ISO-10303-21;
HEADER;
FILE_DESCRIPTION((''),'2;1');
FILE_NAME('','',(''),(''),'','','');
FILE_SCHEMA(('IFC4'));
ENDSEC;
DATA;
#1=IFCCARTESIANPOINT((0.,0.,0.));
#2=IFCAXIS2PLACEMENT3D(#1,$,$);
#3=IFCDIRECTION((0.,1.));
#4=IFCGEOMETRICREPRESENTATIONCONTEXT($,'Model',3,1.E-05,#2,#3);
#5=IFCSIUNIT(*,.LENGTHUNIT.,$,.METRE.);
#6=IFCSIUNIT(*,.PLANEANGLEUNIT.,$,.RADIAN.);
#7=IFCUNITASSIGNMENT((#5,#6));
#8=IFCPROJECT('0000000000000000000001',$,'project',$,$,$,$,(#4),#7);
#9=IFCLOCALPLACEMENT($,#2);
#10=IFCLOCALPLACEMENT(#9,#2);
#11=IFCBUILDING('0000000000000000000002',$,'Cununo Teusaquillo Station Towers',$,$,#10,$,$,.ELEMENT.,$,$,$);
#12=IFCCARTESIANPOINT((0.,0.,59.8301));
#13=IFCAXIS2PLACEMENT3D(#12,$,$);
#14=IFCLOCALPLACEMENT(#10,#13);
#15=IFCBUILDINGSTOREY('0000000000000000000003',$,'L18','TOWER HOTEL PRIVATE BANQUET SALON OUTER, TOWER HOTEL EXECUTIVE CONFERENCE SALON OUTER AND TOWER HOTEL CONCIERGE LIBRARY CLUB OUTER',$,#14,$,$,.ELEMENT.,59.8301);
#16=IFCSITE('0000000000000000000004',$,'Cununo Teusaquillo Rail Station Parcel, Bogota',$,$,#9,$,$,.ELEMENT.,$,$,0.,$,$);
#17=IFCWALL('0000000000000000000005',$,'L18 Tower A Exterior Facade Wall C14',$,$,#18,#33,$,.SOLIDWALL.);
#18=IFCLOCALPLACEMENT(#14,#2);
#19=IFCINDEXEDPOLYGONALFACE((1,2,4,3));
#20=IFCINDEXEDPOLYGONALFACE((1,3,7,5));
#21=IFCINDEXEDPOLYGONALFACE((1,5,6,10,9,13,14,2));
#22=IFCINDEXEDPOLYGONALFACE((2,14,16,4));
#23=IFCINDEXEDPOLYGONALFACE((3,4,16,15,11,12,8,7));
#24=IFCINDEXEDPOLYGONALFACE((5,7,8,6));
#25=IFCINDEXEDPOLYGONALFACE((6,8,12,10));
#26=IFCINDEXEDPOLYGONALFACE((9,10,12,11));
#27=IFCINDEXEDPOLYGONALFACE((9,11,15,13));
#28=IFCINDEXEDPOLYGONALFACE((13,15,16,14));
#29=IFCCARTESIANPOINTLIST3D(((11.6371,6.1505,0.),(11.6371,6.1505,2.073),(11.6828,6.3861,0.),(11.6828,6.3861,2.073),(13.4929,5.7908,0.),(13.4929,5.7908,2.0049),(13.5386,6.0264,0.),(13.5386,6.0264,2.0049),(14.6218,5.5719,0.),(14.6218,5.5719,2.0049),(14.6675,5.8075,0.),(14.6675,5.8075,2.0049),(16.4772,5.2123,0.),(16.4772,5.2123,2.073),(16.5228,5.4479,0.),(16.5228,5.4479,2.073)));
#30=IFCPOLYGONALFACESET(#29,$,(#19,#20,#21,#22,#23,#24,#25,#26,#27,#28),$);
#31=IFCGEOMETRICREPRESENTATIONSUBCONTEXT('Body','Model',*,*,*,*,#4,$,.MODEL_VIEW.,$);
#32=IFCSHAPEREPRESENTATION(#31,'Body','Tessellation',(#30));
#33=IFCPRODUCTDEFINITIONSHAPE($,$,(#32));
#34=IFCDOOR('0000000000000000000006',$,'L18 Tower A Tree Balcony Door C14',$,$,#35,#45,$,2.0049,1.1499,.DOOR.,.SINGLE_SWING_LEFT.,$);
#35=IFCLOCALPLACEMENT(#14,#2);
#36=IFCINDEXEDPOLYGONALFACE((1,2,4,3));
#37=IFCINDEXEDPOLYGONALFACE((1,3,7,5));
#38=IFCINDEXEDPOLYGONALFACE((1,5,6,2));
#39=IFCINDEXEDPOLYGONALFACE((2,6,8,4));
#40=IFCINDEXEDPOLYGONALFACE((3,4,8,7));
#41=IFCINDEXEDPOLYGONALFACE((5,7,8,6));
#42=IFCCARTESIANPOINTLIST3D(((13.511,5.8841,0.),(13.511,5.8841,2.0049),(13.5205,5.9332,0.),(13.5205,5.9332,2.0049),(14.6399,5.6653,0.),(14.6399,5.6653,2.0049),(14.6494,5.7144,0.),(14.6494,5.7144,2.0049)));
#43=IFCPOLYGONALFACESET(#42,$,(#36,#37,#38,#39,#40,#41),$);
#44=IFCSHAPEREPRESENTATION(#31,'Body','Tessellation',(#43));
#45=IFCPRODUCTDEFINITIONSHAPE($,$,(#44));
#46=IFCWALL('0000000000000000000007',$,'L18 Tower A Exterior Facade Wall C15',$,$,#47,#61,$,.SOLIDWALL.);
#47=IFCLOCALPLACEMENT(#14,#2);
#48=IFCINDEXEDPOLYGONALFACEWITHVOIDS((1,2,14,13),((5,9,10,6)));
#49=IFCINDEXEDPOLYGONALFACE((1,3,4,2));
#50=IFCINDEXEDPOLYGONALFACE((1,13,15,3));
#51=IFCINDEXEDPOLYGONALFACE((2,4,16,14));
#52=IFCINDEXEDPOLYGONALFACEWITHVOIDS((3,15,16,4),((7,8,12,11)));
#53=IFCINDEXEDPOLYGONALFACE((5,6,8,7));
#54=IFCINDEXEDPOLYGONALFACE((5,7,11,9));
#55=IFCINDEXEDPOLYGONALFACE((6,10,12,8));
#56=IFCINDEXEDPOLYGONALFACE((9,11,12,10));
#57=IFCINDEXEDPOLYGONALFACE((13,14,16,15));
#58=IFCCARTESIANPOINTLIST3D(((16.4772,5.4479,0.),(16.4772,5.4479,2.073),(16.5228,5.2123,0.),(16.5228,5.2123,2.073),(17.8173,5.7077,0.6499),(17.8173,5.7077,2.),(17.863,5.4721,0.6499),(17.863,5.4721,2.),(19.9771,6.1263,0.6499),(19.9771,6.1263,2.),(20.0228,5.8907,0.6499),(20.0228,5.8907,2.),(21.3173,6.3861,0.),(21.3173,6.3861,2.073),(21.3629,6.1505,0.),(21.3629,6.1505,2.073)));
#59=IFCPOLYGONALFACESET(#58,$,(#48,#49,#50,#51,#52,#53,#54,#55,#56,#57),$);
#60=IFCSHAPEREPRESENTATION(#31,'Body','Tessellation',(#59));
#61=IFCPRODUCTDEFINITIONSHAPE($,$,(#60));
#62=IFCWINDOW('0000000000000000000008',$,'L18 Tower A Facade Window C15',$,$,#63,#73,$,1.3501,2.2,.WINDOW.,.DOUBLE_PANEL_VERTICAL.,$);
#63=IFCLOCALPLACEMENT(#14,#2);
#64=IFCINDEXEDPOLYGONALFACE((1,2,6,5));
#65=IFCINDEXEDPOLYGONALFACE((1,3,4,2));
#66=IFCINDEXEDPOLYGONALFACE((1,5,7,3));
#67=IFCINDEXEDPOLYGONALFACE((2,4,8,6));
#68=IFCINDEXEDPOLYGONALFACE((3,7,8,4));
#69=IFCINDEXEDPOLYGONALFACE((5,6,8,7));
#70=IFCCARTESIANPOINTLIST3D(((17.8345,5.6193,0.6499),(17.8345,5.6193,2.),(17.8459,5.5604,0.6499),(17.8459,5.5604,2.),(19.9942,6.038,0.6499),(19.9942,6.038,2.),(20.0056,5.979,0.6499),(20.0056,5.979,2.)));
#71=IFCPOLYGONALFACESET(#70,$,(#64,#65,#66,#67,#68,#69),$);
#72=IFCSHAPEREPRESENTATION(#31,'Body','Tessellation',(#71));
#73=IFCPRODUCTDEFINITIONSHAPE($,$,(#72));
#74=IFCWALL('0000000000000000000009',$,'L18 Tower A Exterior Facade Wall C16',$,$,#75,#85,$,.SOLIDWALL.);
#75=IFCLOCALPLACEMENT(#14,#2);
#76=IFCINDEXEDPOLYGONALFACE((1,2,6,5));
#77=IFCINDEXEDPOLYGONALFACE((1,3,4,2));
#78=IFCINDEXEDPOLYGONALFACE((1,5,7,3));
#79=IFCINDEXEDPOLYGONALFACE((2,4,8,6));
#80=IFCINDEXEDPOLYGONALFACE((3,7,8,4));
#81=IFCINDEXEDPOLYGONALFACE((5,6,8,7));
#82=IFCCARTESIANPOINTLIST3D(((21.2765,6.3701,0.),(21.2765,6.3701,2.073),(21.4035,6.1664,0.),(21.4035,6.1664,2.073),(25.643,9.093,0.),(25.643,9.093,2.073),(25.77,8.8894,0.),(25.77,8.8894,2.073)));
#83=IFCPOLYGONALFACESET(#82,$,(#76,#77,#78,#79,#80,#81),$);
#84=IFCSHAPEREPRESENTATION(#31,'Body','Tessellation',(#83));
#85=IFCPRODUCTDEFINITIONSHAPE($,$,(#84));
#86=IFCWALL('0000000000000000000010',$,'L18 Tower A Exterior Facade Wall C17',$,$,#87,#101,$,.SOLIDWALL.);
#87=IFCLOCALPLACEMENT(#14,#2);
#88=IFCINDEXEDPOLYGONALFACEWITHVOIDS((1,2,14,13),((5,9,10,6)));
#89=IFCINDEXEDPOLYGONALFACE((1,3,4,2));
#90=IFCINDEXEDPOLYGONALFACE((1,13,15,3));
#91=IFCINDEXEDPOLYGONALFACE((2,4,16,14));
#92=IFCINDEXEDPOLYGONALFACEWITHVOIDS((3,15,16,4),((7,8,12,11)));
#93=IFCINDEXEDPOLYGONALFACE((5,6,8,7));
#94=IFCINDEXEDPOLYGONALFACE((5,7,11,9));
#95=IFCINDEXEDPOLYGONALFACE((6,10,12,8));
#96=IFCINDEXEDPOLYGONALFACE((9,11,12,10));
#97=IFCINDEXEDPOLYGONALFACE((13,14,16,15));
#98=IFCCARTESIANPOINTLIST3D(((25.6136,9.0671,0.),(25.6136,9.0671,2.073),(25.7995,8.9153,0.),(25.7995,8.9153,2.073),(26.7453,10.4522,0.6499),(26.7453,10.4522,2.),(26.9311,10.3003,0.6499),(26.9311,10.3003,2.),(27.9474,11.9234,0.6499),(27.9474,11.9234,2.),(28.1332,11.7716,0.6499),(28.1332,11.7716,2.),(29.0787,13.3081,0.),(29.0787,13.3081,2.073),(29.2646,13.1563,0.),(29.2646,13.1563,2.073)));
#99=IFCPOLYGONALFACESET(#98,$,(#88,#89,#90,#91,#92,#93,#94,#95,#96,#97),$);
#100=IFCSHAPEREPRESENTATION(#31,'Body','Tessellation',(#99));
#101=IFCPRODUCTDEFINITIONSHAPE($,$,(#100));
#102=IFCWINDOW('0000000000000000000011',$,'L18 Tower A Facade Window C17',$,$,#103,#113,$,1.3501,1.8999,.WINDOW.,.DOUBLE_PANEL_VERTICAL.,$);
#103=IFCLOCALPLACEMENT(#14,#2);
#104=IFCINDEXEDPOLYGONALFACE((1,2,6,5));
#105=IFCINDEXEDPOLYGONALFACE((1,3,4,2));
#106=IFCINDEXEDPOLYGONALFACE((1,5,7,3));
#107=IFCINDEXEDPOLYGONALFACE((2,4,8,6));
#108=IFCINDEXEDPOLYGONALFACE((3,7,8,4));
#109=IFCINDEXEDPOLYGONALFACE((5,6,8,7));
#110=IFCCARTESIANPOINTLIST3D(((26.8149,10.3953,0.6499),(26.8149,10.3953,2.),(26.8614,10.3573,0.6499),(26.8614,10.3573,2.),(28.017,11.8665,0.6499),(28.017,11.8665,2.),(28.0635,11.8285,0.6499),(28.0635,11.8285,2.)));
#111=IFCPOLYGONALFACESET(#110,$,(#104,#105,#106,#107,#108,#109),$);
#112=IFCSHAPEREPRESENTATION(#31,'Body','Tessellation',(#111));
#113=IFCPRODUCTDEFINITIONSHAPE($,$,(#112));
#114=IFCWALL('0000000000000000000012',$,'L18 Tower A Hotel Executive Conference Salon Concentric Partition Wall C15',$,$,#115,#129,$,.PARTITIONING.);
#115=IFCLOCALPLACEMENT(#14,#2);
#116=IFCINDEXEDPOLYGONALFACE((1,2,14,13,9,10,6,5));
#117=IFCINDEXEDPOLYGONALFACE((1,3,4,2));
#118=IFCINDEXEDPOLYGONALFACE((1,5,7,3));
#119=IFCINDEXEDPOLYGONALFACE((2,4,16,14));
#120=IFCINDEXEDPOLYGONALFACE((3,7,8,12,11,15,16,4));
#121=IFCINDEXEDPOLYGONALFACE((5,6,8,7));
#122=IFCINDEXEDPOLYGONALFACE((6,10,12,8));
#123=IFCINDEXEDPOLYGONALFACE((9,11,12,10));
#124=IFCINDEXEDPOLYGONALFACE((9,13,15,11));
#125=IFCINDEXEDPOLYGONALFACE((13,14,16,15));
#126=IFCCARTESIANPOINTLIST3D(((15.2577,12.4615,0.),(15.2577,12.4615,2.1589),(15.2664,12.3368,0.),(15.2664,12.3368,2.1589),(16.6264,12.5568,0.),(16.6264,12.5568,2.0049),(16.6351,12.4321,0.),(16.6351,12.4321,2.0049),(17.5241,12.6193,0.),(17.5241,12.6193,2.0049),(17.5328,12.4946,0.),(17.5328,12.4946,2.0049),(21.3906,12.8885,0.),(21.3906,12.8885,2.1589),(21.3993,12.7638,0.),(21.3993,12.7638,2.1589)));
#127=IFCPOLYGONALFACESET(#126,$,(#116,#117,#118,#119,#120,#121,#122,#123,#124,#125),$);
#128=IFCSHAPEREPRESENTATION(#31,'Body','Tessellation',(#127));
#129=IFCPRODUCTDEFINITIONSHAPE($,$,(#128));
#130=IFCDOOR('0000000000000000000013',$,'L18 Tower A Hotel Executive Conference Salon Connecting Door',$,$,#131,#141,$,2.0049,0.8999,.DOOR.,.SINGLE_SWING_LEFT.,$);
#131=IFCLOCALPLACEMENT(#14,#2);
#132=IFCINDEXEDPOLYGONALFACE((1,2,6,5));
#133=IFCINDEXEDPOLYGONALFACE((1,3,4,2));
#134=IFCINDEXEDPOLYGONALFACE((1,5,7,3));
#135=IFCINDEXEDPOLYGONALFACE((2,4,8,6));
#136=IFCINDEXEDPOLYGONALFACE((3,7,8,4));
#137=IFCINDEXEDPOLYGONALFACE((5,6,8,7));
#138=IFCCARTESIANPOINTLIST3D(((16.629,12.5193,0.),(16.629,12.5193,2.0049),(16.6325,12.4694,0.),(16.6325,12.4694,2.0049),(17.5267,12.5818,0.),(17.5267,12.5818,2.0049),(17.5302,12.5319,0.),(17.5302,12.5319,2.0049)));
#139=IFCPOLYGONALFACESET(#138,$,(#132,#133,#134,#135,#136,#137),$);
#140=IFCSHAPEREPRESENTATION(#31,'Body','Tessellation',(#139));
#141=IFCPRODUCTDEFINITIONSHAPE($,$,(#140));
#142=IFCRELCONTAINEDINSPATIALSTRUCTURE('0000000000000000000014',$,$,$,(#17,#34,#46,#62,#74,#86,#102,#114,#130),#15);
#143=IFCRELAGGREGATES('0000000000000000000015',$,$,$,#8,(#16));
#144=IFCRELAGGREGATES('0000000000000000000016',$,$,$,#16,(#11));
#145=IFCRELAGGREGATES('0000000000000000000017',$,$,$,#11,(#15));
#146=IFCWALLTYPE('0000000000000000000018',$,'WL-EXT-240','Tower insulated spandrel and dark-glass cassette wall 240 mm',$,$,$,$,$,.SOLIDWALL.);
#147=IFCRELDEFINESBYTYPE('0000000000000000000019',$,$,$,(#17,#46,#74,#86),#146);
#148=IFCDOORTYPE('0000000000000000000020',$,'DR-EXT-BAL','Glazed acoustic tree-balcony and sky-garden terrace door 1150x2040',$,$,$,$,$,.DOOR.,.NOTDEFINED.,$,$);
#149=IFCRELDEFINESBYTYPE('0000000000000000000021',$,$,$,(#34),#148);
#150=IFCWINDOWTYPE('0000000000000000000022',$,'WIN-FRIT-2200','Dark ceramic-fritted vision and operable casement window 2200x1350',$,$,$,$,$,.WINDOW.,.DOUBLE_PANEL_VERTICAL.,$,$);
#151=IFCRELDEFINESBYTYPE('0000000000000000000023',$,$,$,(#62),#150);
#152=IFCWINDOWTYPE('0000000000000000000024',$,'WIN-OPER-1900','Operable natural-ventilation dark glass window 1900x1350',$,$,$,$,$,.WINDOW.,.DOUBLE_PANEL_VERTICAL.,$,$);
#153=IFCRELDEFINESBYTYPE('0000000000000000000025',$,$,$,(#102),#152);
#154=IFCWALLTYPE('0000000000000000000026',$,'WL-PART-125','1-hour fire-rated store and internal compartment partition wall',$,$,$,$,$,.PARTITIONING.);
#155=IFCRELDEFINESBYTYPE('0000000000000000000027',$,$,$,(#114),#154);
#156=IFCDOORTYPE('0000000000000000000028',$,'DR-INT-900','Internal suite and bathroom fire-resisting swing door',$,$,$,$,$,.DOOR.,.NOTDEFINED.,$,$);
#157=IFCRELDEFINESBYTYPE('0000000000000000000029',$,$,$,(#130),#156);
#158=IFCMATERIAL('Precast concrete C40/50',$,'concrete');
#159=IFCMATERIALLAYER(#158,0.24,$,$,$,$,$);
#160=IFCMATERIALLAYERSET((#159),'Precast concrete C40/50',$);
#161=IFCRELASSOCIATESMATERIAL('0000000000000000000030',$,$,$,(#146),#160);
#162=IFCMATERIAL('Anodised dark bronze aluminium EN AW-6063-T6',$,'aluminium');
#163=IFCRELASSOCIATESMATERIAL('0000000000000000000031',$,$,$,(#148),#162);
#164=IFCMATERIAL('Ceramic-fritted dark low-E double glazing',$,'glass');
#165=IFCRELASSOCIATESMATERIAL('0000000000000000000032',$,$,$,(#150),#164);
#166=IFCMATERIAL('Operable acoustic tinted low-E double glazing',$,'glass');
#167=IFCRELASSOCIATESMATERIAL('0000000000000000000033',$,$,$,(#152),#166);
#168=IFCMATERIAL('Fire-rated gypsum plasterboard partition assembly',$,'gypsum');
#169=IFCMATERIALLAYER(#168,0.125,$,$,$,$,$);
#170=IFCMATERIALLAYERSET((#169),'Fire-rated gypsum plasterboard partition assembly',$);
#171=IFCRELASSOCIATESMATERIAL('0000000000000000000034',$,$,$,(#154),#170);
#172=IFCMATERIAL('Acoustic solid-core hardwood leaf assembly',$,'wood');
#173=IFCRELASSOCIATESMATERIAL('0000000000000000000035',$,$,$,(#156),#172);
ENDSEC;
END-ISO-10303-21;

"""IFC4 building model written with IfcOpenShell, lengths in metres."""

from ifc_helpers import new_model, si_unit, direction, frame, frame_2d, origin, place, context, subcontext, project, spatial, rectangle, extrude, source, transform, mapped, material, layer, layer_set, type_object, element, fill, save


model = new_model("IFC4")

# Units and contexts
model_context = context("Model", 3, precision=1e-05, world=origin(), true_north=direction((0.0, 1.0)))
body_context = subcontext(model_context, "Body", "Model", "MODEL_VIEW")
ifc_project = project(units=[si_unit("LENGTHUNIT", "METRE"), si_unit("PLANEANGLEUNIT", "RADIAN")], contexts=[model_context])

# Site, building, storey
site_placement = place(None, origin())
site = spatial("IfcSite", under=ifc_project, at=site_placement, Name="Cununo Teusaquillo Rail Station Parcel, Bogota", CompositionType="ELEMENT", RefElevation=0.0)
building_placement = place(site_placement, origin())
building = spatial("IfcBuilding", under=site, at=building_placement, Name="Cununo Teusaquillo Station Towers", CompositionType="ELEMENT")
storey_placement = place(building_placement, frame((0.0, 0.0, 59.8301)))
storey = spatial("IfcBuildingStorey", under=building, at=storey_placement, Name="L18", Description="TOWER HOTEL PRIVATE BANQUET SALON OUTER, TOWER HOTEL EXECUTIVE CONFERENCE SALON OUTER AND TOWER HOTEL CONCIERGE LIBRARY CLUB OUTER", CompositionType="ELEMENT", Elevation=59.8301)

# Wall, opening, door
ifc_material_1 = material(Name="Precast concrete C40/50", Category="concrete")
ifc_layer_1 = layer(ifc_material_1, 0.24)
ifc_layer_set_1 = layer_set([ifc_layer_1], Name="Precast concrete C40/50")
wall_type_1 = type_object("IfcWallType", Name="WL-EXT-240", Description="Tower insulated spandrel and dark-glass cassette wall 240 mm", PredefinedType="SOLIDWALL", material=ifc_layer_set_1)
wall_1_placement = place(storey_placement, frame((16.5, 5.3301, 0.0), z_axis=(0.0, 0.0, 1.0), x_axis=(-0.981725, 0.190304, 0.0)))
wall_1 = element("IfcWall", 1, at=wall_1_placement, inside=storey, type_object=wall_type_1, Name="L18 Tower A Exterior Facade Wall C14", PredefinedType="SOLIDWALL", context=body_context, shape_type="SweptSolid", body=[
    extrude(rectangle(XDim=4.9302, YDim=0.24, at=frame_2d((2.4651, 0.0))), origin(), (0.0, 0.0, 1.0), 2.073),
])
shared_shape_1 = source(origin(), body_context, "Body", "SweptSolid", [
    extrude(rectangle(XDim=1.1499, YDim=2.0049, at=frame_2d((0.575, 1.0024))), frame((0.0, 0.1299, 0.0), z_axis=(0.0, -1.0, 0.0), x_axis=(1.0, 0.0, 0.0)), (0.0, 0.0, 1.0), 0.26),
])
opening_1_placement = place(wall_1_placement, frame((1.8899, 0.0, 0.0)))
opening_1 = element("IfcOpeningElement", 2, at=opening_1_placement, cuts=wall_1, PredefinedType="OPENING", context=body_context, shape_type="MappedRepresentation", body=[
    mapped(shared_shape_1, transform((0.0, 0.0, 0.0), x_axis=(1.0, 0.0, 0.0), y_axis=(0.0, 1.0, 0.0), z_axis=(0.0, 0.0, 1.0), scale=1.0)),
])
ifc_material_2 = material(Name="Anodised dark bronze aluminium EN AW-6063-T6", Category="aluminium")
door_type_1 = type_object("IfcDoorType", Name="DR-EXT-BAL", Description="Glazed acoustic tree-balcony and sky-garden terrace door 1150x2040", OperationType="NOTDEFINED", PredefinedType="DOOR", material=ifc_material_2)
shared_shape_2 = source(origin(), body_context, "Body", "SweptSolid", [
    extrude(rectangle(XDim=1.1499, YDim=2.0049, at=frame_2d((0.575, 1.0024))), frame((0.0, 0.0249, 0.0), z_axis=(0.0, -1.0, 0.0), x_axis=(1.0, 0.0, 0.0)), (0.0, 0.0, 1.0), 0.05),
])
door_1_placement = place(opening_1_placement, origin())
door_1 = element("IfcDoor", 3, at=door_1_placement, inside=storey, type_object=door_type_1, Name="L18 Tower A Tree Balcony Door C14", OperationType="SINGLE_SWING_LEFT", OverallHeight=2.0049, OverallWidth=1.1499, PredefinedType="DOOR", context=body_context, shape_type="MappedRepresentation", body=[
    mapped(shared_shape_2, transform((0.0, 0.0, 0.0), x_axis=(1.0, 0.0, 0.0), y_axis=(0.0, 1.0, 0.0), z_axis=(0.0, 0.0, 1.0), scale=1.0)),
])
fill(opening_1, door_1)

# Wall, opening, window
wall_2_placement = place(storey_placement, frame((21.3401, 6.2683, 0.0), z_axis=(0.0, 0.0, 1.0), x_axis=(-0.981725, -0.190304, 0.0)))
wall_2 = element("IfcWall", 4, at=wall_2_placement, inside=storey, type_object=wall_type_1, Name="L18 Tower A Exterior Facade Wall C15", PredefinedType="SOLIDWALL", context=body_context, shape_type="SweptSolid", body=[
    extrude(rectangle(XDim=4.9302, YDim=0.24, at=frame_2d((2.4651, 0.0))), origin(), (0.0, 0.0, 1.0), 2.073),
])
shared_shape_3 = source(origin(), body_context, "Body", "SweptSolid", [
    extrude(rectangle(XDim=2.2, YDim=1.3501, at=frame_2d((1.1001, 0.675))), frame((0.0, 0.1299, 0.0), z_axis=(0.0, -1.0, 0.0), x_axis=(1.0, 0.0, 0.0)), (0.0, 0.0, 1.0), 0.26),
])
opening_2_placement = place(wall_2_placement, frame((1.365, 0.0, 0.6499)))
opening_2 = element("IfcOpeningElement", 5, at=opening_2_placement, cuts=wall_2, PredefinedType="OPENING", context=body_context, shape_type="MappedRepresentation", body=[
    mapped(shared_shape_3, transform((0.0, 0.0, 0.0), x_axis=(1.0, 0.0, 0.0), y_axis=(0.0, 1.0, 0.0), z_axis=(0.0, 0.0, 1.0), scale=1.0)),
])
ifc_material_3 = material(Name="Ceramic-fritted dark low-E double glazing", Category="glass")
window_type_1 = type_object("IfcWindowType", Name="WIN-FRIT-2200", Description="Dark ceramic-fritted vision and operable casement window 2200x1350", PartitioningType="DOUBLE_PANEL_VERTICAL", PredefinedType="WINDOW", material=ifc_material_3)
shared_shape_4 = source(origin(), body_context, "Body", "SweptSolid", [
    extrude(rectangle(XDim=2.2, YDim=1.3501, at=frame_2d((1.1001, 0.675))), frame((0.0, 0.03, 0.0), z_axis=(0.0, -1.0, 0.0), x_axis=(1.0, 0.0, 0.0)), (0.0, 0.0, 1.0), 0.0601),
])
window_1_placement = place(opening_2_placement, origin())
window_1 = element("IfcWindow", 6, at=window_1_placement, inside=storey, type_object=window_type_1, Name="L18 Tower A Facade Window C15", OverallHeight=1.3501, OverallWidth=2.2, PartitioningType="DOUBLE_PANEL_VERTICAL", PredefinedType="WINDOW", context=body_context, shape_type="MappedRepresentation", body=[
    mapped(shared_shape_4, transform((0.0, 0.0, 0.0), x_axis=(1.0, 0.0, 0.0), y_axis=(0.0, 1.0, 0.0), z_axis=(0.0, 0.0, 1.0), scale=1.0)),
])
fill(opening_2, window_1)

# Wall
wall_3_placement = place(storey_placement, frame((25.7065, 8.9912, 0.0), z_axis=(0.0, 0.0, 1.0), x_axis=(-0.848534, -0.529141, 0.0)))
element("IfcWall", 7, at=wall_3_placement, inside=storey, type_object=wall_type_1, Name="L18 Tower A Exterior Facade Wall C16", PredefinedType="SOLIDWALL", context=body_context, shape_type="SweptSolid", body=[
    extrude(rectangle(XDim=5.146, YDim=0.24, at=frame_2d((2.573, 0.0))), origin(), (0.0, 0.0, 1.0), 2.073),
])

# Wall, opening, window
wall_4_placement = place(storey_placement, frame((29.1716, 13.2322, 0.0), z_axis=(0.0, 0.0, 1.0), x_axis=(-0.632713, -0.774386, 0.0)))
wall_4 = element("IfcWall", 8, at=wall_4_placement, inside=storey, type_object=wall_type_1, Name="L18 Tower A Exterior Facade Wall C17", PredefinedType="SOLIDWALL", context=body_context, shape_type="SweptSolid", body=[
    extrude(rectangle(XDim=5.4766, YDim=0.24, at=frame_2d((2.7383, 0.0))), origin(), (0.0, 0.0, 1.0), 2.073),
])
shared_shape_5 = source(origin(), body_context, "Body", "SweptSolid", [
    extrude(rectangle(XDim=1.8999, YDim=1.3501, at=frame_2d((0.95, 0.675))), frame((0.0, 0.1299, 0.0), z_axis=(0.0, -1.0, 0.0), x_axis=(1.0, 0.0, 0.0)), (0.0, 0.0, 1.0), 0.26),
])
opening_3_placement = place(wall_4_placement, frame((1.7881, 0.0, 0.6499)))
opening_3 = element("IfcOpeningElement", 9, at=opening_3_placement, cuts=wall_4, PredefinedType="OPENING", context=body_context, shape_type="MappedRepresentation", body=[
    mapped(shared_shape_5, transform((0.0, 0.0, 0.0), x_axis=(1.0, 0.0, 0.0), y_axis=(0.0, 1.0, 0.0), z_axis=(0.0, 0.0, 1.0), scale=1.0)),
])
ifc_material_4 = material(Name="Operable acoustic tinted low-E double glazing", Category="glass")
window_type_2 = type_object("IfcWindowType", Name="WIN-OPER-1900", Description="Operable natural-ventilation dark glass window 1900x1350", PartitioningType="DOUBLE_PANEL_VERTICAL", PredefinedType="WINDOW", material=ifc_material_4)
shared_shape_6 = source(origin(), body_context, "Body", "SweptSolid", [
    extrude(rectangle(XDim=1.8999, YDim=1.3501, at=frame_2d((0.95, 0.675))), frame((0.0, 0.03, 0.0), z_axis=(0.0, -1.0, 0.0), x_axis=(1.0, 0.0, 0.0)), (0.0, 0.0, 1.0), 0.0601),
])
window_2_placement = place(opening_3_placement, origin())
window_2 = element("IfcWindow", 10, at=window_2_placement, inside=storey, type_object=window_type_2, Name="L18 Tower A Facade Window C17", OverallHeight=1.3501, OverallWidth=1.8999, PartitioningType="DOUBLE_PANEL_VERTICAL", PredefinedType="WINDOW", context=body_context, shape_type="MappedRepresentation", body=[
    mapped(shared_shape_6, transform((0.0, 0.0, 0.0), x_axis=(1.0, 0.0, 0.0), y_axis=(0.0, 1.0, 0.0), z_axis=(0.0, 0.0, 1.0), scale=1.0)),
])
fill(opening_3, window_2)

# Wall, opening, door
ifc_material_5 = material(Name="Fire-rated gypsum plasterboard partition assembly", Category="gypsum")
ifc_layer_2 = layer(ifc_material_5, 0.125)
ifc_layer_set_2 = layer_set([ifc_layer_2], Name="Fire-rated gypsum plasterboard partition assembly")
wall_type_2 = type_object("IfcWallType", Name="WL-PART-125", Description="1-hour fire-rated store and internal compartment partition wall", PredefinedType="PARTITIONING", material=ifc_layer_set_2)
wall_5_placement = place(storey_placement, frame((15.2622, 12.3992, 0.0), z_axis=(0.0, 0.0, 1.0), x_axis=(0.997585, 0.069458, 0.0)))
wall_5 = element("IfcWall", 11, at=wall_5_placement, inside=storey, type_object=wall_type_2, Name="L18 Tower A Hotel Executive Conference Salon Concentric Partition Wall C15", PredefinedType="PARTITIONING", context=body_context, shape_type="SweptSolid", body=[
    extrude(rectangle(XDim=6.1477, YDim=0.125, at=frame_2d((3.0737, 0.0))), origin(), (0.0, 0.0, 1.0), 2.1589),
])
shared_shape_7 = source(origin(), body_context, "Body", "SweptSolid", [
    extrude(rectangle(XDim=0.8999, YDim=2.0049, at=frame_2d((0.45, 1.0024))), frame((0.0, 0.0725, 0.0), z_axis=(0.0, -1.0, 0.0), x_axis=(1.0, 0.0, 0.0)), (0.0, 0.0, 1.0), 0.145),
])
opening_4_placement = place(wall_5_placement, frame((1.3718, 0.0, 0.0)))
opening_4 = element("IfcOpeningElement", 12, at=opening_4_placement, cuts=wall_5, PredefinedType="OPENING", context=body_context, shape_type="MappedRepresentation", body=[
    mapped(shared_shape_7, transform((0.0, 0.0, 0.0), x_axis=(1.0, 0.0, 0.0), y_axis=(0.0, 1.0, 0.0), z_axis=(0.0, 0.0, 1.0), scale=1.0)),
])
ifc_material_6 = material(Name="Acoustic solid-core hardwood leaf assembly", Category="wood")
door_type_2 = type_object("IfcDoorType", Name="DR-INT-900", Description="Internal suite and bathroom fire-resisting swing door", OperationType="NOTDEFINED", PredefinedType="DOOR", material=ifc_material_6)
shared_shape_8 = source(origin(), body_context, "Body", "SweptSolid", [
    extrude(rectangle(XDim=0.8999, YDim=2.0049, at=frame_2d((0.45, 1.0024))), frame((0.0, 0.0249, 0.0), z_axis=(0.0, -1.0, 0.0), x_axis=(1.0, 0.0, 0.0)), (0.0, 0.0, 1.0), 0.05),
])
door_2_placement = place(opening_4_placement, origin())
door_2 = element("IfcDoor", 13, at=door_2_placement, inside=storey, type_object=door_type_2, Name="L18 Tower A Hotel Executive Conference Salon Connecting Door", OperationType="SINGLE_SWING_LEFT", OverallHeight=2.0049, OverallWidth=0.8999, PredefinedType="DOOR", context=body_context, shape_type="MappedRepresentation", body=[
    mapped(shared_shape_8, transform((0.0, 0.0, 0.0), x_axis=(1.0, 0.0, 0.0), y_axis=(0.0, 1.0, 0.0), z_axis=(0.0, 0.0, 1.0), scale=1.0)),
])
fill(opening_4, door_2)

save(model, "model.ifc")
